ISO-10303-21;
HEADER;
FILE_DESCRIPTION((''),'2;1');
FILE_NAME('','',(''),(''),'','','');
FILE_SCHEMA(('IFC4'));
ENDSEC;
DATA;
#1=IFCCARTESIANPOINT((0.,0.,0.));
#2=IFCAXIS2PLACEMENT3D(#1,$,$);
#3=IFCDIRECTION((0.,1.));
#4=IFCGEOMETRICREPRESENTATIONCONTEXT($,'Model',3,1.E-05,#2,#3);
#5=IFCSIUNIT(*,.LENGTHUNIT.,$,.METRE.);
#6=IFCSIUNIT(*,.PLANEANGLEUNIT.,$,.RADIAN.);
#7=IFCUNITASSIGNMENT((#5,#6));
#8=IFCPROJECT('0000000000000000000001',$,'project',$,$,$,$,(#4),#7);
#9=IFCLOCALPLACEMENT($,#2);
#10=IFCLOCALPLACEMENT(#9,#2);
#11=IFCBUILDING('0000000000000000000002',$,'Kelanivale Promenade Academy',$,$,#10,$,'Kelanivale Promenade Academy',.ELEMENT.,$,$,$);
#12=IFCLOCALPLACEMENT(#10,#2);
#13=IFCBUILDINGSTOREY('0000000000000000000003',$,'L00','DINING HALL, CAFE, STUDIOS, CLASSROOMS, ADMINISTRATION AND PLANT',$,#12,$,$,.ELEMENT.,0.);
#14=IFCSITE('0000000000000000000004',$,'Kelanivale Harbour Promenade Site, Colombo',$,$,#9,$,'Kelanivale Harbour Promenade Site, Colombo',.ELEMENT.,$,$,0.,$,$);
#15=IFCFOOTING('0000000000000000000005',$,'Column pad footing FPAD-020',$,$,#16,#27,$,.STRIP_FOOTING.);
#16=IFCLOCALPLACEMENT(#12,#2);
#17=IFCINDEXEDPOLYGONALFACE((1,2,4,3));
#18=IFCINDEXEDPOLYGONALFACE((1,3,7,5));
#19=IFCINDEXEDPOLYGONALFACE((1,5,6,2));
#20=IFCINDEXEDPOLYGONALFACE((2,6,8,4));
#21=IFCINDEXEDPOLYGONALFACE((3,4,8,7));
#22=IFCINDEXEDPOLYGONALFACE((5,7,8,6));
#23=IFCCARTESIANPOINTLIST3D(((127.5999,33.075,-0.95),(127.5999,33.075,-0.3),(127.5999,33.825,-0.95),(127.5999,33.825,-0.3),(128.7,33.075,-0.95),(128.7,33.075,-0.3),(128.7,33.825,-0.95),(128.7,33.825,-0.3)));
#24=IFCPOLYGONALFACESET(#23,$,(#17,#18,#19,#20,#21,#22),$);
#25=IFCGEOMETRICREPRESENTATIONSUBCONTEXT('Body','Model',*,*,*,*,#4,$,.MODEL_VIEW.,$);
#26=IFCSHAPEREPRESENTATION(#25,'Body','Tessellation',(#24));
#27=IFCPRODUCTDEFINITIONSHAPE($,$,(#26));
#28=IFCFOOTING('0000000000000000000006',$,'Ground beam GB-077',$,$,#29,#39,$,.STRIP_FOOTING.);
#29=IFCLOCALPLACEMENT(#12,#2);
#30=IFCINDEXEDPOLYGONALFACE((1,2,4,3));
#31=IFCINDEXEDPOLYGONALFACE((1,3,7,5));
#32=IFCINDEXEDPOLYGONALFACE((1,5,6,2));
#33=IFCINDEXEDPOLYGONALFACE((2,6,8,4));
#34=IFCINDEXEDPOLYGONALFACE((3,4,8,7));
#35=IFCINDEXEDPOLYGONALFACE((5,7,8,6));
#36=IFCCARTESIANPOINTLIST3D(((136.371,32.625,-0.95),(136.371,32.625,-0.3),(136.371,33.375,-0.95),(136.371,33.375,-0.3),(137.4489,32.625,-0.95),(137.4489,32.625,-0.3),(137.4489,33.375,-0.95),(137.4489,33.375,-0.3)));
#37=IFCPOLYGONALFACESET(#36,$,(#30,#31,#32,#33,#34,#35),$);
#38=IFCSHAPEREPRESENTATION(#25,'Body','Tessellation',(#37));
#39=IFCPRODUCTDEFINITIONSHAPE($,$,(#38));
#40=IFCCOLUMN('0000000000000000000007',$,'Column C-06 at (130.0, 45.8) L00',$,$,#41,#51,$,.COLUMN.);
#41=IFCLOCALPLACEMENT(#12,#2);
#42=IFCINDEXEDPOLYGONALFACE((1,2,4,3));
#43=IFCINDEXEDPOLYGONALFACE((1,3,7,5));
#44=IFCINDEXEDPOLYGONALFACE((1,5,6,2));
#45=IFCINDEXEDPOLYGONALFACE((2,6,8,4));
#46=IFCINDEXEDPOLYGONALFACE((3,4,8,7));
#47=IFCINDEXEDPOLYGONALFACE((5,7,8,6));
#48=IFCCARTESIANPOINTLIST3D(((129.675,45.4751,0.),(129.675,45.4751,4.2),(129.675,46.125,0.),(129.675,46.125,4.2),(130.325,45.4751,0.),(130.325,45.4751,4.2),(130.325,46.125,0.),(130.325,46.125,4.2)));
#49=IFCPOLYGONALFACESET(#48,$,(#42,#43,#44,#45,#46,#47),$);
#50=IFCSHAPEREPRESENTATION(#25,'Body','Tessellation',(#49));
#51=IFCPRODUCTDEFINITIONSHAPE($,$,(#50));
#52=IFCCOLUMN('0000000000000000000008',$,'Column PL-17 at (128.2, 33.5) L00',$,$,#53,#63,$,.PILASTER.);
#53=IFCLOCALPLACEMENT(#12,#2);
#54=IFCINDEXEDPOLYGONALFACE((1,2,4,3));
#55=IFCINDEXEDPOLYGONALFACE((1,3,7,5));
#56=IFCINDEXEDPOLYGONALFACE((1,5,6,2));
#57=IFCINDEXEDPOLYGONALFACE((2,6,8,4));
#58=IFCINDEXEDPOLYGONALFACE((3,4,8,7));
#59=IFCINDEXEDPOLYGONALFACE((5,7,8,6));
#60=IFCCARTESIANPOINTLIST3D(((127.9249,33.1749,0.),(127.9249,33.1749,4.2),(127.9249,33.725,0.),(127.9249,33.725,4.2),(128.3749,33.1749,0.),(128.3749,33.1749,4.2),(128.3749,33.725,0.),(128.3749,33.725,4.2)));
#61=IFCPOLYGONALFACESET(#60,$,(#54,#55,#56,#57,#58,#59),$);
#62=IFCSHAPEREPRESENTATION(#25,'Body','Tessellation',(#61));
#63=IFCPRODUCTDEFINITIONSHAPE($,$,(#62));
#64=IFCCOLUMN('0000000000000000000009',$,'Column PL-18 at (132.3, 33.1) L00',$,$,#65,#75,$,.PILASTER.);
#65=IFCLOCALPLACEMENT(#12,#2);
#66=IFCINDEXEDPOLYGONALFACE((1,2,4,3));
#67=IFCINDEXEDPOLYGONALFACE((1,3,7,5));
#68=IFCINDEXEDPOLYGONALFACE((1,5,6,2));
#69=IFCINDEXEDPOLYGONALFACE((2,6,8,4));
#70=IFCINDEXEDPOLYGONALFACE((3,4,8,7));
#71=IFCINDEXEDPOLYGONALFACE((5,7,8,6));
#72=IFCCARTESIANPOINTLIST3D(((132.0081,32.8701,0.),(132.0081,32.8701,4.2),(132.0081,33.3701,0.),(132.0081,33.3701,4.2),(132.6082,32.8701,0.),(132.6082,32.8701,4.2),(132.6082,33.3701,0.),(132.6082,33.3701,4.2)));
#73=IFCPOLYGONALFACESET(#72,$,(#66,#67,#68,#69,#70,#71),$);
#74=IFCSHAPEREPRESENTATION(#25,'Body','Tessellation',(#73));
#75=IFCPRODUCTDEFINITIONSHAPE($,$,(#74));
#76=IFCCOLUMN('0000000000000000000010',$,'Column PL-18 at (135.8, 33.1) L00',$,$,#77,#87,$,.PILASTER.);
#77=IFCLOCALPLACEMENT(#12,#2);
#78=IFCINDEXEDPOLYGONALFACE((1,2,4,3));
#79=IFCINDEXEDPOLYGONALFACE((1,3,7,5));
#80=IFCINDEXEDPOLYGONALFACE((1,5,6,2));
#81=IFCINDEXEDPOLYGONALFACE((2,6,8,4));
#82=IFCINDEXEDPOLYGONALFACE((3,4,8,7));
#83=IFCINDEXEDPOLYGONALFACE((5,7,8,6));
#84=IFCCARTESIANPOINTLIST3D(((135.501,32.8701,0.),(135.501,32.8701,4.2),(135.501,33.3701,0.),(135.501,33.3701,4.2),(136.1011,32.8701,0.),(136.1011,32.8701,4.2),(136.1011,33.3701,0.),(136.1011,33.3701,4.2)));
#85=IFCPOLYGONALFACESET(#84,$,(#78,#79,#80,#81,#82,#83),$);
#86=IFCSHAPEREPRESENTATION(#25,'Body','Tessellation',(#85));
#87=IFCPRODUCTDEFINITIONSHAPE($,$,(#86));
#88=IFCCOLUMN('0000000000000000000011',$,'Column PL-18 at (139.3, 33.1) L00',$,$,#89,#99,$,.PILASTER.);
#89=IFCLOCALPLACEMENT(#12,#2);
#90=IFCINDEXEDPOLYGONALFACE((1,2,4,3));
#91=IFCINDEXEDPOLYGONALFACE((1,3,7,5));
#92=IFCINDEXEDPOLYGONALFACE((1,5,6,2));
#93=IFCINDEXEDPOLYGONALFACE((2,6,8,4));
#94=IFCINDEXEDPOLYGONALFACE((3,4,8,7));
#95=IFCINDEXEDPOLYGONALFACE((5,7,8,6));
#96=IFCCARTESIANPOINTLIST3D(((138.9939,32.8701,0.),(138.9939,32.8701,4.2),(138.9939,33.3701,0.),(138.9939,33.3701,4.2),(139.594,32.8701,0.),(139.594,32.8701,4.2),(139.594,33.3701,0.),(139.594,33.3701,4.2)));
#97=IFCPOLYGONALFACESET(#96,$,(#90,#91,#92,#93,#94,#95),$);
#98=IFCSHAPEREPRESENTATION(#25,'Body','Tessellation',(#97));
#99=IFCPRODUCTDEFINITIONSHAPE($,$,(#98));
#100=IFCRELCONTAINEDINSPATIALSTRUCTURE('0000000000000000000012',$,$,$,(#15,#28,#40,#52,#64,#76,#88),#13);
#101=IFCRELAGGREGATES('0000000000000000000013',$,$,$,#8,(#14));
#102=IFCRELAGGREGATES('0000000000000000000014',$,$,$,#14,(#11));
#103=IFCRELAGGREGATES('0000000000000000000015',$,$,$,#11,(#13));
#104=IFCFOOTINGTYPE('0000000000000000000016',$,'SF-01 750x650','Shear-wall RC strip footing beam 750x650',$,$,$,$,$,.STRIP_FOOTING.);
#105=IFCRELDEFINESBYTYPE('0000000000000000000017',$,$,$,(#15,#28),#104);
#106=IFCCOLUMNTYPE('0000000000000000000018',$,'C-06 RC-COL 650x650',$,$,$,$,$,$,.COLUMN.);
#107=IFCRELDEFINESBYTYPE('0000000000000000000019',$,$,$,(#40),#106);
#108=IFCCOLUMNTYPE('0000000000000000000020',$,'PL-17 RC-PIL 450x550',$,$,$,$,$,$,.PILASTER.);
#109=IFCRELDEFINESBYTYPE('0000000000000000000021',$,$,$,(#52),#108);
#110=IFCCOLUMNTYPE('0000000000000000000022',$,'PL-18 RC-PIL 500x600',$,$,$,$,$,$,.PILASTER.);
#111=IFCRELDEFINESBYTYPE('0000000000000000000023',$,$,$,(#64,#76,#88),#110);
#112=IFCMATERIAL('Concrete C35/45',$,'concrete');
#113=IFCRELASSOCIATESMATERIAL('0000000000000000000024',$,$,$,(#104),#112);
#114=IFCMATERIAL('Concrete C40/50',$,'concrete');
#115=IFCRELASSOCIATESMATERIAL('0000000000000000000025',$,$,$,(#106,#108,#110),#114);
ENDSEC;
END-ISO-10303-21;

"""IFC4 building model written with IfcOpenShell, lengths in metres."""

from ifc_helpers import new_model, si_unit, direction, frame, origin, origin_2d, place, context, subcontext, project, spatial, rectangle, extrude, material, material_profile, profile_set, type_object, element, save


model = new_model("IFC4")

# Units and contexts
model_context = context("Model", 3, precision=1e-05, world=origin(), true_north=direction((0.0, 1.0)))
body_context = subcontext(model_context, "Body", "Model", "MODEL_VIEW")
ifc_project = project(units=[si_unit("LENGTHUNIT", "METRE"), si_unit("PLANEANGLEUNIT", "RADIAN")], contexts=[model_context])

# Site, building, storey
site_placement = place(None, origin())
site = spatial("IfcSite", under=ifc_project, at=site_placement, Name="Kelanivale Harbour Promenade Site, Colombo", LongName="Kelanivale Harbour Promenade Site, Colombo", CompositionType="ELEMENT", RefElevation=0.0)
building_placement = place(site_placement, origin())
building = spatial("IfcBuilding", under=site, at=building_placement, Name="Kelanivale Promenade Academy", LongName="Kelanivale Promenade Academy", CompositionType="ELEMENT")
storey_placement = place(building_placement, origin())
storey = spatial("IfcBuildingStorey", under=building, at=storey_placement, Name="L00", Description="DINING HALL, CAFE, STUDIOS, CLASSROOMS, ADMINISTRATION AND PLANT", CompositionType="ELEMENT", Elevation=0.0)

# Shared definitions
ifc_material_1 = material(Name="Concrete C35/45", Category="concrete")

# Footings
footing_type_1 = type_object("IfcFootingType", Name="SF-01 750x650", Description="Shear-wall RC strip footing beam 750x650", PredefinedType="STRIP_FOOTING", material=ifc_material_1)
footing_1_placement = place(storey_placement, frame((128.1499, 33.45, -0.95), z_axis=(0.0, 0.0, 1.0), x_axis=(1.0, 0.0, 0.0)))
element("IfcFooting", 1, at=footing_1_placement, inside=storey, type_object=footing_type_1, Name="Column pad footing FPAD-020", PredefinedType="STRIP_FOOTING", context=body_context, shape_type="SweptSolid", body=[
    extrude(rectangle(XDim=1.1001, YDim=0.75, at=origin_2d()), origin(), (0.0, 0.0, 1.0), 0.6499),
])
footing_2_placement = place(storey_placement, frame((136.9099, 33.0, -0.95), z_axis=(0.0, 0.0, 1.0), x_axis=(1.0, 0.0, 0.0)))
element("IfcFooting", 2, at=footing_2_placement, inside=storey, type_object=footing_type_1, Name="Ground beam GB-077", PredefinedType="STRIP_FOOTING", context=body_context, shape_type="SweptSolid", body=[
    extrude(rectangle(XDim=1.0779, YDim=0.75, at=origin_2d()), origin(), (0.0, 0.0, 1.0), 0.6499),
])

# Columns
ifc_material_2 = material(Name="Concrete C40/50", Category="concrete")
ifc_material_profile_1 = material_profile(ifc_material_2, rectangle(XDim=0.6499, YDim=0.6499, at=origin_2d()), Name="RC-COL 650x650")
ifc_profile_set_1 = profile_set([ifc_material_profile_1], Name="Concrete C40/50")
column_type_1 = type_object("IfcColumnType", Name="C-06 RC-COL 650x650", PredefinedType="COLUMN", material=ifc_profile_set_1)
column_1_placement = place(storey_placement, frame((130.0, 45.8, 0.0), z_axis=(0.0, 0.0, 1.0), x_axis=(1.0, 0.0, 0.0)))
element("IfcColumn", 3, at=column_1_placement, inside=storey, type_object=column_type_1, Name="Column C-06 at (130.0, 45.8) L00", PredefinedType="COLUMN", context=body_context, shape_type="SweptSolid", body=[
    extrude(rectangle(XDim=0.6499, YDim=0.6499, at=origin_2d()), origin(), (0.0, 0.0, 1.0), 4.2),
])
ifc_material_profile_2 = material_profile(ifc_material_2, rectangle(XDim=0.45, YDim=0.55, at=origin_2d()), Name="RC-PIL 450x550")
ifc_profile_set_2 = profile_set([ifc_material_profile_2], Name="Concrete C40/50")
column_type_2 = type_object("IfcColumnType", Name="PL-17 RC-PIL 450x550", PredefinedType="PILASTER", material=ifc_profile_set_2)
column_2_placement = place(storey_placement, frame((128.1499, 33.45, 0.0), z_axis=(0.0, 0.0, 1.0), x_axis=(1.0, 0.0, 0.0)))
element("IfcColumn", 4, at=column_2_placement, inside=storey, type_object=column_type_2, Name="Column PL-17 at (128.2, 33.5) L00", PredefinedType="PILASTER", context=body_context, shape_type="SweptSolid", body=[
    extrude(rectangle(XDim=0.45, YDim=0.55, at=origin_2d()), origin(), (0.0, 0.0, 1.0), 4.2),
])
ifc_material_profile_3 = material_profile(ifc_material_2, rectangle(XDim=0.5, YDim=0.6001, at=origin_2d()), Name="RC-PIL 500x600")
ifc_profile_set_3 = profile_set([ifc_material_profile_3], Name="Concrete C40/50")
column_type_3 = type_object("IfcColumnType", Name="PL-18 RC-PIL 500x600", PredefinedType="PILASTER", material=ifc_profile_set_3)
for number, where, z_axis, x_axis, name in (
    (5, (132.3081, 33.1201, 0.0), (0.0, 0.0, 1.0), (0.0, 1.0, 0.0), "Column PL-18 at (132.3, 33.1) L00"),
    (6, (135.801, 33.1201, 0.0), (0.0, 0.0, 1.0), (0.0, 1.0, 0.0), "Column PL-18 at (135.8, 33.1) L00"),
    (7, (139.2939, 33.1201, 0.0), (0.0, 0.0, 1.0), (0.0, 1.0, 0.0), "Column PL-18 at (139.3, 33.1) L00"),
):
    element("IfcColumn", number, at=place(storey_placement, frame(where, z_axis=z_axis, x_axis=x_axis)), inside=storey, type_object=column_type_3, Name=name, PredefinedType="PILASTER", context=body_context, shape_type="SweptSolid", body=[
        extrude(rectangle(XDim=0.5, YDim=0.6001, at=origin_2d()), origin(), (0.0, 0.0, 1.0), 4.2),
    ])

save(model, "model.ifc")
